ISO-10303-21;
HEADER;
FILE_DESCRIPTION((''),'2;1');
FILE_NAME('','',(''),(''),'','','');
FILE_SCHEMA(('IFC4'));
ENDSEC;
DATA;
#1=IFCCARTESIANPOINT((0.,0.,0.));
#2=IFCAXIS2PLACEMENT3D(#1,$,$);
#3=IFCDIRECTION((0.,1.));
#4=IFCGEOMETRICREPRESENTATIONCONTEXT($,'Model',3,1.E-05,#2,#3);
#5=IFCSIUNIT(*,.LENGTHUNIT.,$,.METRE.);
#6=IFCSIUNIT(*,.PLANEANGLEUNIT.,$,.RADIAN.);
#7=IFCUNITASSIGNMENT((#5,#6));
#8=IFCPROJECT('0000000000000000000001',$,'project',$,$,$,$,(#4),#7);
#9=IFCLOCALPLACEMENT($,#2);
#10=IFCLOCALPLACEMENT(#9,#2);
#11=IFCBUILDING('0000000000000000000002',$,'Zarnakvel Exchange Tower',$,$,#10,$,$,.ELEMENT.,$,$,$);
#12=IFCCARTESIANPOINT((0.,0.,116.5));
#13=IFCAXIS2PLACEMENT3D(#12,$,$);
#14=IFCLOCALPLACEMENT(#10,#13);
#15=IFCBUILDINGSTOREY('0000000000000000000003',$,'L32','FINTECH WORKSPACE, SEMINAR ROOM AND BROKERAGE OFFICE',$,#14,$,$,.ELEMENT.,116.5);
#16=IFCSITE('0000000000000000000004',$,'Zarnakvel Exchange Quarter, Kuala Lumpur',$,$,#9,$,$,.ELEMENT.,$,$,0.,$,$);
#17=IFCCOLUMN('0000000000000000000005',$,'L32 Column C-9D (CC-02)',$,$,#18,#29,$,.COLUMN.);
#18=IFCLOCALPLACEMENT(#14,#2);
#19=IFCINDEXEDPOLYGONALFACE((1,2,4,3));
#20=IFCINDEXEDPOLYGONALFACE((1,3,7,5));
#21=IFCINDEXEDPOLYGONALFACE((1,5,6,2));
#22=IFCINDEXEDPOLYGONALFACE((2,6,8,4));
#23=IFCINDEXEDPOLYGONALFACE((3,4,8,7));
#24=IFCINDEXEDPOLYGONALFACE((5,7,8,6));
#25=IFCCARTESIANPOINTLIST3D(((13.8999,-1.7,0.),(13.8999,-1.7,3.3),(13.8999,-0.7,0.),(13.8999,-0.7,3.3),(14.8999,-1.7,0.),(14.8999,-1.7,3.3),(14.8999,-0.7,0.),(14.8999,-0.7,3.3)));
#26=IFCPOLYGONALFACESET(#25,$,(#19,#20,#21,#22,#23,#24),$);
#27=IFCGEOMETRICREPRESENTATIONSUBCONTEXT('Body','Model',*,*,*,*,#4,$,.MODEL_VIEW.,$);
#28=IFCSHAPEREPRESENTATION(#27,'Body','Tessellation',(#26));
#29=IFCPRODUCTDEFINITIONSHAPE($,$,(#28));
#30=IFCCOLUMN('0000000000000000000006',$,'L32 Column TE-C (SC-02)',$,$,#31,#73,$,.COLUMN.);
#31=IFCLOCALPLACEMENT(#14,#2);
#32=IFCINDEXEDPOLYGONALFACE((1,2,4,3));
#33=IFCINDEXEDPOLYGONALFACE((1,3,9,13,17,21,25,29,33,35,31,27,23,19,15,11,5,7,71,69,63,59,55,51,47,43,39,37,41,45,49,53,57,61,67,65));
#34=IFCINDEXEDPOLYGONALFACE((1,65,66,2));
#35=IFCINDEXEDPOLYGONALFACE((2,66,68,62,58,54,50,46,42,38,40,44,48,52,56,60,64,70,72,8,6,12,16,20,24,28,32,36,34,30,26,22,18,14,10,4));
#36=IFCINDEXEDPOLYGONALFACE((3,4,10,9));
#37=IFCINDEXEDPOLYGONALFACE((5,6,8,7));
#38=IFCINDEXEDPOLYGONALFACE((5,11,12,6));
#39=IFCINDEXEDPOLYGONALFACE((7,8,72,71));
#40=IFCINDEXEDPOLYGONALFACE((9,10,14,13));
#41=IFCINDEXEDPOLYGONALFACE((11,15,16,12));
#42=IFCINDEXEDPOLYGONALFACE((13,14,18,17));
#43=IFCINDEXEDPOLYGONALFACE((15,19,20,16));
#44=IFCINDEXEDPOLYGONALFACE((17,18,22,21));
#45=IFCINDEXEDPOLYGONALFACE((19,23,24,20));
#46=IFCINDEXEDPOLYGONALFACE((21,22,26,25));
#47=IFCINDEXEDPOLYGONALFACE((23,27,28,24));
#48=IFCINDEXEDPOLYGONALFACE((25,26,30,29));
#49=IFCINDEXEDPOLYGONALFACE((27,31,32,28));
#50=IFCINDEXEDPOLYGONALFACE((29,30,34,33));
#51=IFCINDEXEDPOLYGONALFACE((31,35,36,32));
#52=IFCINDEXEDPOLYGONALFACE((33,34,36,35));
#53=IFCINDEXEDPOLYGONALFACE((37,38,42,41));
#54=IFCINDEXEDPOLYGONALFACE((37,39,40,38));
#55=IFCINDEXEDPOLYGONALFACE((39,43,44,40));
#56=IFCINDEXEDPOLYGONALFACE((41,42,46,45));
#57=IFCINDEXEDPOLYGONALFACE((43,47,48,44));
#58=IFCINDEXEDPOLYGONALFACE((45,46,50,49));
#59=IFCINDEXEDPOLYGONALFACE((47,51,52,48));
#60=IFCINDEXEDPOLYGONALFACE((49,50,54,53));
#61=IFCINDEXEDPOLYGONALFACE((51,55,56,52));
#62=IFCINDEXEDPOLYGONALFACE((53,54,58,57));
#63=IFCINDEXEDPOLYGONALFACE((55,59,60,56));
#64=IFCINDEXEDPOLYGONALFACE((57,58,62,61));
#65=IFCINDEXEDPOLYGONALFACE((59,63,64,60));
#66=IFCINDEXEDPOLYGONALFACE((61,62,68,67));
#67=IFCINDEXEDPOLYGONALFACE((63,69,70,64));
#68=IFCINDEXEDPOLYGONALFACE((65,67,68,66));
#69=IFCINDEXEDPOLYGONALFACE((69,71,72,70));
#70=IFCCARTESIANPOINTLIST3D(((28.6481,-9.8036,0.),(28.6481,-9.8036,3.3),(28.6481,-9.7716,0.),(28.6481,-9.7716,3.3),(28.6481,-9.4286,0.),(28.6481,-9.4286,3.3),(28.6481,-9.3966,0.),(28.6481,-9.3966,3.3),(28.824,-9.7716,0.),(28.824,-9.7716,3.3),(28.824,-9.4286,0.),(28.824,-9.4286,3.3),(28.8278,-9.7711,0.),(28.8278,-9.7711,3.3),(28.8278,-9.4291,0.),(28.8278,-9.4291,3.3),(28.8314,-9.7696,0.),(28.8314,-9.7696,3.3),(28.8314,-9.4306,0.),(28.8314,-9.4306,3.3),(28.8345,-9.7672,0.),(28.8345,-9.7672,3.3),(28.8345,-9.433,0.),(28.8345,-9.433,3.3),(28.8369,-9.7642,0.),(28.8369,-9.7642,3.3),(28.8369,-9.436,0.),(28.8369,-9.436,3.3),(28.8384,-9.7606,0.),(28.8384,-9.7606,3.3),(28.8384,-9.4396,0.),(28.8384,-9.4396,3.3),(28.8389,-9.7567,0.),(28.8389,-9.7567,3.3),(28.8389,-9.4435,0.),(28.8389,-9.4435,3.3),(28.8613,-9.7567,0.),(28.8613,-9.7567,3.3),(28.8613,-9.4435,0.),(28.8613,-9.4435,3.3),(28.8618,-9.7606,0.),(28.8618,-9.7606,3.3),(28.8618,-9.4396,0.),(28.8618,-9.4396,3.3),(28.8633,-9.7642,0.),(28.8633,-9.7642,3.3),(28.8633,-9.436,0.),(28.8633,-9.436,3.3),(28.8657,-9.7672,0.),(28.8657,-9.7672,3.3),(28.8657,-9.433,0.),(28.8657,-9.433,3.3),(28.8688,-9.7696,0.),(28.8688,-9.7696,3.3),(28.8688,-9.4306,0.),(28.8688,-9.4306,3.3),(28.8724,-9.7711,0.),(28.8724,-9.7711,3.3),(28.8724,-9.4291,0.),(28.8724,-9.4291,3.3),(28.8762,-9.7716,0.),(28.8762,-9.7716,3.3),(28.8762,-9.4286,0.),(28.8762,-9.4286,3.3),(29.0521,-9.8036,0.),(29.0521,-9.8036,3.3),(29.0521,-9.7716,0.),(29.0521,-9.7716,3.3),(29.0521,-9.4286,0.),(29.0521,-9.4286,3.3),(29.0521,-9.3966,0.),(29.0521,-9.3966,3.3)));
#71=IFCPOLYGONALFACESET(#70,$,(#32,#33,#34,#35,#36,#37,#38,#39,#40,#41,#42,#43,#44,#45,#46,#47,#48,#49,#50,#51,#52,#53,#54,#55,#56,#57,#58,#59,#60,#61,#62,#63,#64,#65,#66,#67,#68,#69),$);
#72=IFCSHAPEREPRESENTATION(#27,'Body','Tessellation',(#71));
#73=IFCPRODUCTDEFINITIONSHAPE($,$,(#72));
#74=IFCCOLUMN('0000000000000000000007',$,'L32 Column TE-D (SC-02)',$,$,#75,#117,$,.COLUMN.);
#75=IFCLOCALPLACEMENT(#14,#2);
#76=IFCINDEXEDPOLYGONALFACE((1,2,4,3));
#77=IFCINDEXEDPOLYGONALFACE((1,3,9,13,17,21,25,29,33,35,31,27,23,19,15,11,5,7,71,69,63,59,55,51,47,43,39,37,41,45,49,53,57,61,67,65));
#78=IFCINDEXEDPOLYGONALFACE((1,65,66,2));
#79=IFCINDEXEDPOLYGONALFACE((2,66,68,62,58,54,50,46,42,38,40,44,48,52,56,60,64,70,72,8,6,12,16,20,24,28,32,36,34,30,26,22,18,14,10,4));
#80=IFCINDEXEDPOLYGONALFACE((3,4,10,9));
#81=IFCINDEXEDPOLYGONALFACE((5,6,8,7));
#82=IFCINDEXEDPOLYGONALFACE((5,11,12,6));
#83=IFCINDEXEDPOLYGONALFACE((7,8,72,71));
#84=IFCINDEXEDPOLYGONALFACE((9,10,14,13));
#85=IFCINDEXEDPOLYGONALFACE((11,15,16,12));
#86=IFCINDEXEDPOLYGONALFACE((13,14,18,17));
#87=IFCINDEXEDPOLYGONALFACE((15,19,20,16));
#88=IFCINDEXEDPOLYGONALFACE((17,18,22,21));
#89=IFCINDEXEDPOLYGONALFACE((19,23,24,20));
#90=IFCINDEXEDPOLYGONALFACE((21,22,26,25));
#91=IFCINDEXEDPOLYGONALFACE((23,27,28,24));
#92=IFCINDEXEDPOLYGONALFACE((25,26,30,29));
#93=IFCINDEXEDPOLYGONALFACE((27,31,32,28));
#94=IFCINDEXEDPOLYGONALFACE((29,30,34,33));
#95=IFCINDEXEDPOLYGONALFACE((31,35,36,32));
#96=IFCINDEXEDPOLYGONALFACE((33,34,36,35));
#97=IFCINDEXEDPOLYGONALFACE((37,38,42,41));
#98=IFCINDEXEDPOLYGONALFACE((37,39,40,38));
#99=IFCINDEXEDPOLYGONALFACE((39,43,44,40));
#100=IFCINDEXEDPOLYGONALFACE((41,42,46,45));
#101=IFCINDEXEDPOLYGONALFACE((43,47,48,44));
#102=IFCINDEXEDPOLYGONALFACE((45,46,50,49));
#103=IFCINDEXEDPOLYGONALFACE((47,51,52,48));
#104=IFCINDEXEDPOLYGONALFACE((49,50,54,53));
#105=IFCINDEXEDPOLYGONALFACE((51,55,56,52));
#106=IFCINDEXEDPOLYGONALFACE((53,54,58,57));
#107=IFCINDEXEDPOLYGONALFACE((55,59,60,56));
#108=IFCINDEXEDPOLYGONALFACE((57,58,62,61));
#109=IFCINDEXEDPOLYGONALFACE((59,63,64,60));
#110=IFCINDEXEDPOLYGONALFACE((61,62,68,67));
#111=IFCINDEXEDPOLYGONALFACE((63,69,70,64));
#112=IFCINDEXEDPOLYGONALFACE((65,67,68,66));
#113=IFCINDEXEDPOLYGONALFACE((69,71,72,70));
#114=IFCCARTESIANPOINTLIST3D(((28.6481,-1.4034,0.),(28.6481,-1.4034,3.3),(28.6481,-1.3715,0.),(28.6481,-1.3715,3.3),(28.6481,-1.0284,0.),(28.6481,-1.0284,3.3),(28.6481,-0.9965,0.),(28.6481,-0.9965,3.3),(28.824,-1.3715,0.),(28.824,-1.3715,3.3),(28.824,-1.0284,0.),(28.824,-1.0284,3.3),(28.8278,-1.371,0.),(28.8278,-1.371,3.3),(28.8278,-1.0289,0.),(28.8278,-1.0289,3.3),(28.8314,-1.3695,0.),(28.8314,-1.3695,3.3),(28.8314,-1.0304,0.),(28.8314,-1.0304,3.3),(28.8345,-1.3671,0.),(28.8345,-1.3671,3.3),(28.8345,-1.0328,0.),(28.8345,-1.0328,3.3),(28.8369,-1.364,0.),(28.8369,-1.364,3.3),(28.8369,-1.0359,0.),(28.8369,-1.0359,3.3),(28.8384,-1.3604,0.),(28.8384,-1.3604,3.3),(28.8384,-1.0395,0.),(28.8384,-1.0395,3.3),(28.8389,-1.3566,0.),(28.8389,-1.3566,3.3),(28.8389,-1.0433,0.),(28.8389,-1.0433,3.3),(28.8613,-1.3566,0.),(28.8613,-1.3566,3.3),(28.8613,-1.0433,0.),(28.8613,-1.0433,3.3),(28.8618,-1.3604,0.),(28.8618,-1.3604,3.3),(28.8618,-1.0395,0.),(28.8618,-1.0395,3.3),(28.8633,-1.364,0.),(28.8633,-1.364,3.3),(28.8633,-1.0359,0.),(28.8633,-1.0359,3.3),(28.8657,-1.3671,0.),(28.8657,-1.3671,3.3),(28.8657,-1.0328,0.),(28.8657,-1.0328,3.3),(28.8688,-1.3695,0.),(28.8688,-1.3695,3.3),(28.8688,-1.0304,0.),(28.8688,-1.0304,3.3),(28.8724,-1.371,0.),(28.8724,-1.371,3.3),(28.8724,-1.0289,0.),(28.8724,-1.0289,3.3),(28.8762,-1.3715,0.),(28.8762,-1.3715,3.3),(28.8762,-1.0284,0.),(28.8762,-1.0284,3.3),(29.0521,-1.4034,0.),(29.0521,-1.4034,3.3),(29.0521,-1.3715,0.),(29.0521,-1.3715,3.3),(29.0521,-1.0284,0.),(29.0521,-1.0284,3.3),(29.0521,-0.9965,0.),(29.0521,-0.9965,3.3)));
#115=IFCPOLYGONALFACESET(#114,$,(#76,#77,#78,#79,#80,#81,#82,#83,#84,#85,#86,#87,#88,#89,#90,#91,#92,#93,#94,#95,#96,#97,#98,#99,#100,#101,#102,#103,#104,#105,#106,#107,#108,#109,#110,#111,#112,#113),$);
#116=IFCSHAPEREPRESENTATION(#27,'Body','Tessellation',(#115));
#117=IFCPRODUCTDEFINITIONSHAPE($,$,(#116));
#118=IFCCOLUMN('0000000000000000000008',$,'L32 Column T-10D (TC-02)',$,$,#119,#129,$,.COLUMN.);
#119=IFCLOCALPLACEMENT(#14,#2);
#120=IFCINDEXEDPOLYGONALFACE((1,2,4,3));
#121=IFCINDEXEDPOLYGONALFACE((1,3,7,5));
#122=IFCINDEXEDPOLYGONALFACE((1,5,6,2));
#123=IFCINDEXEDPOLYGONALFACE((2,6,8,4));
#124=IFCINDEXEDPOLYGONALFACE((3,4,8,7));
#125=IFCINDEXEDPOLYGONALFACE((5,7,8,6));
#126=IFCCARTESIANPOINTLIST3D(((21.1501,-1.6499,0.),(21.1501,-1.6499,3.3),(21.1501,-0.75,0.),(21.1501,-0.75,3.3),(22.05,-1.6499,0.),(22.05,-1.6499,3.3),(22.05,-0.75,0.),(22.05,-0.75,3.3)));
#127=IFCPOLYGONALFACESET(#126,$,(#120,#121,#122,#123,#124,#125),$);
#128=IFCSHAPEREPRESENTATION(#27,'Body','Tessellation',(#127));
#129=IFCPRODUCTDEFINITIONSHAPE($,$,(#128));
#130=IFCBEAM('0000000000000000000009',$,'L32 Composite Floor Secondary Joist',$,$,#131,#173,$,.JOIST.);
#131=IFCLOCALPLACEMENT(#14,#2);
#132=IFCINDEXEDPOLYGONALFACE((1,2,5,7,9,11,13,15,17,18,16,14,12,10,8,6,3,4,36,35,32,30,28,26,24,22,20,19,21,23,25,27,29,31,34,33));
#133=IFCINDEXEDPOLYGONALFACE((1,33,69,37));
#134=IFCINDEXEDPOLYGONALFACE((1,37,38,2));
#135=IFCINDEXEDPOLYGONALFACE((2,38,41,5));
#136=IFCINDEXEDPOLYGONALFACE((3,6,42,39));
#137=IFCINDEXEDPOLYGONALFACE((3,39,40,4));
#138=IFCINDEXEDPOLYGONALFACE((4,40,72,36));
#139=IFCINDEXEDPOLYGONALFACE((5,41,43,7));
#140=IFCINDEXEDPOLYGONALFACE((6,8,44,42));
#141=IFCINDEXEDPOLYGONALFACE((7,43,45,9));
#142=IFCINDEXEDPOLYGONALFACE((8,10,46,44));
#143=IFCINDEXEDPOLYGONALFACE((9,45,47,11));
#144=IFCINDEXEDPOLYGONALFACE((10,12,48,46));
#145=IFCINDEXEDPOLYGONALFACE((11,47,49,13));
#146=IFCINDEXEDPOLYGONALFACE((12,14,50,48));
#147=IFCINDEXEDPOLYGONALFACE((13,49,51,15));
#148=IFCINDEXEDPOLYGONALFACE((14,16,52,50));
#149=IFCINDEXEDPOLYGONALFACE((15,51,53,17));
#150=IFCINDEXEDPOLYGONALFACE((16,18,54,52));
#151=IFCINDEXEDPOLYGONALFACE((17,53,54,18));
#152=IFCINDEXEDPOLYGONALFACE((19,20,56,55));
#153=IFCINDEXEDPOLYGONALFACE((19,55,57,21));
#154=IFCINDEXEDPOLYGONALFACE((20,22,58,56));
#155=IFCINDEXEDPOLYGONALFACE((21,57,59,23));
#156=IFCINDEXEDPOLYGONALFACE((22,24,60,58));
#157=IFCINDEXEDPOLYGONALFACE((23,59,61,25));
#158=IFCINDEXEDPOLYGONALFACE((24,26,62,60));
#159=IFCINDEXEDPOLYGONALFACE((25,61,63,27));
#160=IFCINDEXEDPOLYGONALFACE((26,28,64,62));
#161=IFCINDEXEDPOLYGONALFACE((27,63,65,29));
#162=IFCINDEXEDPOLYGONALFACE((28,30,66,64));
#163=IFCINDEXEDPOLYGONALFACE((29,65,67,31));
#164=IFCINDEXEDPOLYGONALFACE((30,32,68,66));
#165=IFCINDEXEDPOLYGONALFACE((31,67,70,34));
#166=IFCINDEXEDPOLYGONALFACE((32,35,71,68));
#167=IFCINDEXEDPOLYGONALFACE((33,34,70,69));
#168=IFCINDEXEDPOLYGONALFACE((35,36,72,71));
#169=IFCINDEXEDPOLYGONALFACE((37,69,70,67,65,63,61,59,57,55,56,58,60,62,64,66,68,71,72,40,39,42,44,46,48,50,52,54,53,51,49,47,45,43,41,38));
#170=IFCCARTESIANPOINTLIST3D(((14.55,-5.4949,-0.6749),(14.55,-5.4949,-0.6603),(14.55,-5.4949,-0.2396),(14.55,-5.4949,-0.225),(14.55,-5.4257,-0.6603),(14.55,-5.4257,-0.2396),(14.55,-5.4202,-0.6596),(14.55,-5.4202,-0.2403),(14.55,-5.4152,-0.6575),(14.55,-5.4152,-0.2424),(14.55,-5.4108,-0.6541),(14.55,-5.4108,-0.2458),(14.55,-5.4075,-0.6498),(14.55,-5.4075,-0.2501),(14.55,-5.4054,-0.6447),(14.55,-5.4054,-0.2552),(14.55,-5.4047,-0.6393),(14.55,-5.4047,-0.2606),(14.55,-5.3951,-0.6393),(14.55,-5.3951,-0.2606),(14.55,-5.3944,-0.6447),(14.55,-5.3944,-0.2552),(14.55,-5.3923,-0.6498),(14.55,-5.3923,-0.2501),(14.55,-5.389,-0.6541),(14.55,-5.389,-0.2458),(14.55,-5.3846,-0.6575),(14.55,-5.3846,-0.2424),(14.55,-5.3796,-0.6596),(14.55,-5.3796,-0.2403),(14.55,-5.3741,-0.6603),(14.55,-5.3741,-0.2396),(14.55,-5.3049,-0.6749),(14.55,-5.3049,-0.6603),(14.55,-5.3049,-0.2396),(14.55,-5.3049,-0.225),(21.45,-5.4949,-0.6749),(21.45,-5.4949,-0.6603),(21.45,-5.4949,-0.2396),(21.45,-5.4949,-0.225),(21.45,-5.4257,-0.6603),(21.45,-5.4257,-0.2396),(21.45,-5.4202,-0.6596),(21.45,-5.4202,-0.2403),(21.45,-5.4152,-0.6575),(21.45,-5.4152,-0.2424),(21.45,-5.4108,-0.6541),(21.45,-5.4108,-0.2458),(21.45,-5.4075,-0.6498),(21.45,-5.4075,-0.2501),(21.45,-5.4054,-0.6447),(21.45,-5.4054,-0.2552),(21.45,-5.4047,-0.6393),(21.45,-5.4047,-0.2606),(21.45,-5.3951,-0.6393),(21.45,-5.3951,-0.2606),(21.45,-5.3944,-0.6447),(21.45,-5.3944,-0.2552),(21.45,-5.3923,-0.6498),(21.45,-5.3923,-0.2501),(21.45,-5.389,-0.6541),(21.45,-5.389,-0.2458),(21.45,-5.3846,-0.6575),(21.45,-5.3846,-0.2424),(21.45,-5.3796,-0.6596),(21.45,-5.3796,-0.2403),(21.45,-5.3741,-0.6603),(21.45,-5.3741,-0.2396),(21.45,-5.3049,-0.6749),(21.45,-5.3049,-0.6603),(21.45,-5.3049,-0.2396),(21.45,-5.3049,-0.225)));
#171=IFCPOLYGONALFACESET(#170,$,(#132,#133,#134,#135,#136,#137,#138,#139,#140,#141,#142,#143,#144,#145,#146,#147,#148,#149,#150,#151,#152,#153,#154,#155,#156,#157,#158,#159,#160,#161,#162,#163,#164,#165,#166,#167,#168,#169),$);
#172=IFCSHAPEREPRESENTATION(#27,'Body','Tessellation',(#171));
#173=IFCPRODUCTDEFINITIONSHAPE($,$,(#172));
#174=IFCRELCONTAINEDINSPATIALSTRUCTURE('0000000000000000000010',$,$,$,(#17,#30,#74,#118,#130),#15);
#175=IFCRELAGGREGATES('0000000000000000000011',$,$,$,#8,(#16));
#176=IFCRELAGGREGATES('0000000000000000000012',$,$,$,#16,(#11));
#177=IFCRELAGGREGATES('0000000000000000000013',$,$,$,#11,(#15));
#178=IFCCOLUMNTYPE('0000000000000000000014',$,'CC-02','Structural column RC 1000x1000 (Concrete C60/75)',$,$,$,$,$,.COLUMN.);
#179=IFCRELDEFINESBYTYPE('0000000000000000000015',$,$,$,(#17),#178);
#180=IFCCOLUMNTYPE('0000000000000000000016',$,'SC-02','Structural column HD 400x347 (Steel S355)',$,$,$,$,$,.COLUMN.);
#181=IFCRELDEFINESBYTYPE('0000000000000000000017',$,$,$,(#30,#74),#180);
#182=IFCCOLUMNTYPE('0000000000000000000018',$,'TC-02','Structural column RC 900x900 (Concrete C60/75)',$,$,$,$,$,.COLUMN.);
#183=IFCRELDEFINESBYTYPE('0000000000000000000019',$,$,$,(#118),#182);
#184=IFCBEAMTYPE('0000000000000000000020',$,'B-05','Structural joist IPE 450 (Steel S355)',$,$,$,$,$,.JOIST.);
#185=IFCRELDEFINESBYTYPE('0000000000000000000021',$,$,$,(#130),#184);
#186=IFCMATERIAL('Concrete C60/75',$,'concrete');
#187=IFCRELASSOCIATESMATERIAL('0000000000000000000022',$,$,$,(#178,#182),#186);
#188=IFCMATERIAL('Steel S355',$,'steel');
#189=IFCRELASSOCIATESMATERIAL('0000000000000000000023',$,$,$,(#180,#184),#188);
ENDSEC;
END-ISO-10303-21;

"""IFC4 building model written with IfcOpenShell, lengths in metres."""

from ifc_helpers import new_model, si_unit, direction, frame, origin, origin_2d, place, context, subcontext, project, spatial, rectangle, i_section, extrude, material, material_profile, profile_set, type_object, element, save


model = new_model("IFC4")

# Units and contexts
model_context = context("Model", 3, precision=1e-05, world=origin(), true_north=direction((0.0, 1.0)))
body_context = subcontext(model_context, "Body", "Model", "MODEL_VIEW")
ifc_project = project(units=[si_unit("LENGTHUNIT", "METRE"), si_unit("PLANEANGLEUNIT", "RADIAN")], contexts=[model_context])

# Site, building, storey
site_placement = place(None, origin())
site = spatial("IfcSite", under=ifc_project, at=site_placement, Name="Zarnakvel Exchange Quarter, Kuala Lumpur", CompositionType="ELEMENT", RefElevation=0.0)
building_placement = place(site_placement, origin())
building = spatial("IfcBuilding", under=site, at=building_placement, Name="Zarnakvel Exchange Tower", CompositionType="ELEMENT")
storey_placement = place(building_placement, frame((0.0, 0.0, 116.5)))
storey = spatial("IfcBuildingStorey", under=building, at=storey_placement, Name="L32", Description="FINTECH WORKSPACE, SEMINAR ROOM AND BROKERAGE OFFICE", CompositionType="ELEMENT", Elevation=116.5)

# Columns
ifc_material_1 = material(Name="Concrete C60/75", Category="concrete")
ifc_material_profile_1 = material_profile(ifc_material_1, rectangle(XDim=1.0, YDim=1.0, at=origin_2d()))
ifc_profile_set_1 = profile_set([ifc_material_profile_1], Name="Concrete C60/75")
column_type_1 = type_object("IfcColumnType", Name="CC-02", Description="Structural column RC 1000x1000 (Concrete C60/75)", PredefinedType="COLUMN", material=ifc_profile_set_1)
column_1_placement = place(storey_placement, frame((14.3999, -1.2, 0.0), z_axis=(0.0, 0.0, 1.0), x_axis=(1.0, 0.0, 0.0)))
element("IfcColumn", 1, at=column_1_placement, inside=storey, type_object=column_type_1, Name="L32 Column C-9D (CC-02)", PredefinedType="COLUMN", context=body_context, shape_type="SweptSolid", body=[
    extrude(rectangle(XDim=1.0, YDim=1.0, at=origin_2d()), origin(), (0.0, 0.0, 1.0), 3.3),
])
ifc_material_2 = material(Name="Steel S355", Category="steel")
ifc_material_profile_2 = material_profile(ifc_material_2, i_section(OverallWidth=0.4041, OverallDepth=0.407, WebThickness=0.0225, FlangeThickness=0.032, FilletRadius=0.0149, at=origin_2d()))
ifc_profile_set_2 = profile_set([ifc_material_profile_2], Name="Steel S355")
column_type_2 = type_object("IfcColumnType", Name="SC-02", Description="Structural column HD 400x347 (Steel S355)", PredefinedType="COLUMN", material=ifc_profile_set_2)
for number, where, z_axis, x_axis, name in (
    (2, (28.8501, -9.6001, 0.0), (0.0, 0.0, 1.0), (1.0, 0.0, 0.0), "L32 Column TE-C (SC-02)"),
    (3, (28.8501, -1.2, 0.0), (0.0, 0.0, 1.0), (1.0, 0.0, 0.0), "L32 Column TE-D (SC-02)"),
):
    element("IfcColumn", number, at=place(storey_placement, frame(where, z_axis=z_axis, x_axis=x_axis)), inside=storey, type_object=column_type_2, Name=name, PredefinedType="COLUMN", context=body_context, shape_type="SweptSolid", body=[
        extrude(i_section(OverallWidth=0.4041, OverallDepth=0.407, WebThickness=0.0225, FlangeThickness=0.032, FilletRadius=0.0149, at=origin_2d()), origin(), (0.0, 0.0, 1.0), 3.3),
    ])
ifc_material_profile_3 = material_profile(ifc_material_1, rectangle(XDim=0.8999, YDim=0.8999, at=origin_2d()))
ifc_profile_set_3 = profile_set([ifc_material_profile_3], Name="Concrete C60/75")
column_type_3 = type_object("IfcColumnType", Name="TC-02", Description="Structural column RC 900x900 (Concrete C60/75)", PredefinedType="COLUMN", material=ifc_profile_set_3)
column_2_placement = place(storey_placement, frame((21.6001, -1.2, 0.0), z_axis=(0.0, 0.0, 1.0), x_axis=(1.0, 0.0, 0.0)))
element("IfcColumn", 4, at=column_2_placement, inside=storey, type_object=column_type_3, Name="L32 Column T-10D (TC-02)", PredefinedType="COLUMN", context=body_context, shape_type="SweptSolid", body=[
    extrude(rectangle(XDim=0.8999, YDim=0.8999, at=origin_2d()), origin(), (0.0, 0.0, 1.0), 3.3),
])

# Beam
ifc_material_profile_4 = material_profile(ifc_material_2, i_section(OverallWidth=0.1899, OverallDepth=0.45, WebThickness=0.0095, FlangeThickness=0.0146, FilletRadius=0.021, at=origin_2d()))
ifc_profile_set_4 = profile_set([ifc_material_profile_4], Name="Steel S355")
beam_type_1 = type_object("IfcBeamType", Name="B-05", Description="Structural joist IPE 450 (Steel S355)", PredefinedType="JOIST", material=ifc_profile_set_4)
beam_1_placement = place(storey_placement, frame((14.55, -5.3999, -0.45), z_axis=(1.0, 0.0, 0.0), x_axis=(0.0, 1.0, 0.0)))
element("IfcBeam", 5, at=beam_1_placement, inside=storey, type_object=beam_type_1, Name="L32 Composite Floor Secondary Joist", PredefinedType="JOIST", context=body_context, shape_type="SweptSolid", body=[
    extrude(i_section(OverallWidth=0.1899, OverallDepth=0.45, WebThickness=0.0095, FlangeThickness=0.0146, FilletRadius=0.021, at=origin_2d()), origin(), (0.0, 0.0, 1.0), 6.8999),
])

save(model, "model.ifc")
